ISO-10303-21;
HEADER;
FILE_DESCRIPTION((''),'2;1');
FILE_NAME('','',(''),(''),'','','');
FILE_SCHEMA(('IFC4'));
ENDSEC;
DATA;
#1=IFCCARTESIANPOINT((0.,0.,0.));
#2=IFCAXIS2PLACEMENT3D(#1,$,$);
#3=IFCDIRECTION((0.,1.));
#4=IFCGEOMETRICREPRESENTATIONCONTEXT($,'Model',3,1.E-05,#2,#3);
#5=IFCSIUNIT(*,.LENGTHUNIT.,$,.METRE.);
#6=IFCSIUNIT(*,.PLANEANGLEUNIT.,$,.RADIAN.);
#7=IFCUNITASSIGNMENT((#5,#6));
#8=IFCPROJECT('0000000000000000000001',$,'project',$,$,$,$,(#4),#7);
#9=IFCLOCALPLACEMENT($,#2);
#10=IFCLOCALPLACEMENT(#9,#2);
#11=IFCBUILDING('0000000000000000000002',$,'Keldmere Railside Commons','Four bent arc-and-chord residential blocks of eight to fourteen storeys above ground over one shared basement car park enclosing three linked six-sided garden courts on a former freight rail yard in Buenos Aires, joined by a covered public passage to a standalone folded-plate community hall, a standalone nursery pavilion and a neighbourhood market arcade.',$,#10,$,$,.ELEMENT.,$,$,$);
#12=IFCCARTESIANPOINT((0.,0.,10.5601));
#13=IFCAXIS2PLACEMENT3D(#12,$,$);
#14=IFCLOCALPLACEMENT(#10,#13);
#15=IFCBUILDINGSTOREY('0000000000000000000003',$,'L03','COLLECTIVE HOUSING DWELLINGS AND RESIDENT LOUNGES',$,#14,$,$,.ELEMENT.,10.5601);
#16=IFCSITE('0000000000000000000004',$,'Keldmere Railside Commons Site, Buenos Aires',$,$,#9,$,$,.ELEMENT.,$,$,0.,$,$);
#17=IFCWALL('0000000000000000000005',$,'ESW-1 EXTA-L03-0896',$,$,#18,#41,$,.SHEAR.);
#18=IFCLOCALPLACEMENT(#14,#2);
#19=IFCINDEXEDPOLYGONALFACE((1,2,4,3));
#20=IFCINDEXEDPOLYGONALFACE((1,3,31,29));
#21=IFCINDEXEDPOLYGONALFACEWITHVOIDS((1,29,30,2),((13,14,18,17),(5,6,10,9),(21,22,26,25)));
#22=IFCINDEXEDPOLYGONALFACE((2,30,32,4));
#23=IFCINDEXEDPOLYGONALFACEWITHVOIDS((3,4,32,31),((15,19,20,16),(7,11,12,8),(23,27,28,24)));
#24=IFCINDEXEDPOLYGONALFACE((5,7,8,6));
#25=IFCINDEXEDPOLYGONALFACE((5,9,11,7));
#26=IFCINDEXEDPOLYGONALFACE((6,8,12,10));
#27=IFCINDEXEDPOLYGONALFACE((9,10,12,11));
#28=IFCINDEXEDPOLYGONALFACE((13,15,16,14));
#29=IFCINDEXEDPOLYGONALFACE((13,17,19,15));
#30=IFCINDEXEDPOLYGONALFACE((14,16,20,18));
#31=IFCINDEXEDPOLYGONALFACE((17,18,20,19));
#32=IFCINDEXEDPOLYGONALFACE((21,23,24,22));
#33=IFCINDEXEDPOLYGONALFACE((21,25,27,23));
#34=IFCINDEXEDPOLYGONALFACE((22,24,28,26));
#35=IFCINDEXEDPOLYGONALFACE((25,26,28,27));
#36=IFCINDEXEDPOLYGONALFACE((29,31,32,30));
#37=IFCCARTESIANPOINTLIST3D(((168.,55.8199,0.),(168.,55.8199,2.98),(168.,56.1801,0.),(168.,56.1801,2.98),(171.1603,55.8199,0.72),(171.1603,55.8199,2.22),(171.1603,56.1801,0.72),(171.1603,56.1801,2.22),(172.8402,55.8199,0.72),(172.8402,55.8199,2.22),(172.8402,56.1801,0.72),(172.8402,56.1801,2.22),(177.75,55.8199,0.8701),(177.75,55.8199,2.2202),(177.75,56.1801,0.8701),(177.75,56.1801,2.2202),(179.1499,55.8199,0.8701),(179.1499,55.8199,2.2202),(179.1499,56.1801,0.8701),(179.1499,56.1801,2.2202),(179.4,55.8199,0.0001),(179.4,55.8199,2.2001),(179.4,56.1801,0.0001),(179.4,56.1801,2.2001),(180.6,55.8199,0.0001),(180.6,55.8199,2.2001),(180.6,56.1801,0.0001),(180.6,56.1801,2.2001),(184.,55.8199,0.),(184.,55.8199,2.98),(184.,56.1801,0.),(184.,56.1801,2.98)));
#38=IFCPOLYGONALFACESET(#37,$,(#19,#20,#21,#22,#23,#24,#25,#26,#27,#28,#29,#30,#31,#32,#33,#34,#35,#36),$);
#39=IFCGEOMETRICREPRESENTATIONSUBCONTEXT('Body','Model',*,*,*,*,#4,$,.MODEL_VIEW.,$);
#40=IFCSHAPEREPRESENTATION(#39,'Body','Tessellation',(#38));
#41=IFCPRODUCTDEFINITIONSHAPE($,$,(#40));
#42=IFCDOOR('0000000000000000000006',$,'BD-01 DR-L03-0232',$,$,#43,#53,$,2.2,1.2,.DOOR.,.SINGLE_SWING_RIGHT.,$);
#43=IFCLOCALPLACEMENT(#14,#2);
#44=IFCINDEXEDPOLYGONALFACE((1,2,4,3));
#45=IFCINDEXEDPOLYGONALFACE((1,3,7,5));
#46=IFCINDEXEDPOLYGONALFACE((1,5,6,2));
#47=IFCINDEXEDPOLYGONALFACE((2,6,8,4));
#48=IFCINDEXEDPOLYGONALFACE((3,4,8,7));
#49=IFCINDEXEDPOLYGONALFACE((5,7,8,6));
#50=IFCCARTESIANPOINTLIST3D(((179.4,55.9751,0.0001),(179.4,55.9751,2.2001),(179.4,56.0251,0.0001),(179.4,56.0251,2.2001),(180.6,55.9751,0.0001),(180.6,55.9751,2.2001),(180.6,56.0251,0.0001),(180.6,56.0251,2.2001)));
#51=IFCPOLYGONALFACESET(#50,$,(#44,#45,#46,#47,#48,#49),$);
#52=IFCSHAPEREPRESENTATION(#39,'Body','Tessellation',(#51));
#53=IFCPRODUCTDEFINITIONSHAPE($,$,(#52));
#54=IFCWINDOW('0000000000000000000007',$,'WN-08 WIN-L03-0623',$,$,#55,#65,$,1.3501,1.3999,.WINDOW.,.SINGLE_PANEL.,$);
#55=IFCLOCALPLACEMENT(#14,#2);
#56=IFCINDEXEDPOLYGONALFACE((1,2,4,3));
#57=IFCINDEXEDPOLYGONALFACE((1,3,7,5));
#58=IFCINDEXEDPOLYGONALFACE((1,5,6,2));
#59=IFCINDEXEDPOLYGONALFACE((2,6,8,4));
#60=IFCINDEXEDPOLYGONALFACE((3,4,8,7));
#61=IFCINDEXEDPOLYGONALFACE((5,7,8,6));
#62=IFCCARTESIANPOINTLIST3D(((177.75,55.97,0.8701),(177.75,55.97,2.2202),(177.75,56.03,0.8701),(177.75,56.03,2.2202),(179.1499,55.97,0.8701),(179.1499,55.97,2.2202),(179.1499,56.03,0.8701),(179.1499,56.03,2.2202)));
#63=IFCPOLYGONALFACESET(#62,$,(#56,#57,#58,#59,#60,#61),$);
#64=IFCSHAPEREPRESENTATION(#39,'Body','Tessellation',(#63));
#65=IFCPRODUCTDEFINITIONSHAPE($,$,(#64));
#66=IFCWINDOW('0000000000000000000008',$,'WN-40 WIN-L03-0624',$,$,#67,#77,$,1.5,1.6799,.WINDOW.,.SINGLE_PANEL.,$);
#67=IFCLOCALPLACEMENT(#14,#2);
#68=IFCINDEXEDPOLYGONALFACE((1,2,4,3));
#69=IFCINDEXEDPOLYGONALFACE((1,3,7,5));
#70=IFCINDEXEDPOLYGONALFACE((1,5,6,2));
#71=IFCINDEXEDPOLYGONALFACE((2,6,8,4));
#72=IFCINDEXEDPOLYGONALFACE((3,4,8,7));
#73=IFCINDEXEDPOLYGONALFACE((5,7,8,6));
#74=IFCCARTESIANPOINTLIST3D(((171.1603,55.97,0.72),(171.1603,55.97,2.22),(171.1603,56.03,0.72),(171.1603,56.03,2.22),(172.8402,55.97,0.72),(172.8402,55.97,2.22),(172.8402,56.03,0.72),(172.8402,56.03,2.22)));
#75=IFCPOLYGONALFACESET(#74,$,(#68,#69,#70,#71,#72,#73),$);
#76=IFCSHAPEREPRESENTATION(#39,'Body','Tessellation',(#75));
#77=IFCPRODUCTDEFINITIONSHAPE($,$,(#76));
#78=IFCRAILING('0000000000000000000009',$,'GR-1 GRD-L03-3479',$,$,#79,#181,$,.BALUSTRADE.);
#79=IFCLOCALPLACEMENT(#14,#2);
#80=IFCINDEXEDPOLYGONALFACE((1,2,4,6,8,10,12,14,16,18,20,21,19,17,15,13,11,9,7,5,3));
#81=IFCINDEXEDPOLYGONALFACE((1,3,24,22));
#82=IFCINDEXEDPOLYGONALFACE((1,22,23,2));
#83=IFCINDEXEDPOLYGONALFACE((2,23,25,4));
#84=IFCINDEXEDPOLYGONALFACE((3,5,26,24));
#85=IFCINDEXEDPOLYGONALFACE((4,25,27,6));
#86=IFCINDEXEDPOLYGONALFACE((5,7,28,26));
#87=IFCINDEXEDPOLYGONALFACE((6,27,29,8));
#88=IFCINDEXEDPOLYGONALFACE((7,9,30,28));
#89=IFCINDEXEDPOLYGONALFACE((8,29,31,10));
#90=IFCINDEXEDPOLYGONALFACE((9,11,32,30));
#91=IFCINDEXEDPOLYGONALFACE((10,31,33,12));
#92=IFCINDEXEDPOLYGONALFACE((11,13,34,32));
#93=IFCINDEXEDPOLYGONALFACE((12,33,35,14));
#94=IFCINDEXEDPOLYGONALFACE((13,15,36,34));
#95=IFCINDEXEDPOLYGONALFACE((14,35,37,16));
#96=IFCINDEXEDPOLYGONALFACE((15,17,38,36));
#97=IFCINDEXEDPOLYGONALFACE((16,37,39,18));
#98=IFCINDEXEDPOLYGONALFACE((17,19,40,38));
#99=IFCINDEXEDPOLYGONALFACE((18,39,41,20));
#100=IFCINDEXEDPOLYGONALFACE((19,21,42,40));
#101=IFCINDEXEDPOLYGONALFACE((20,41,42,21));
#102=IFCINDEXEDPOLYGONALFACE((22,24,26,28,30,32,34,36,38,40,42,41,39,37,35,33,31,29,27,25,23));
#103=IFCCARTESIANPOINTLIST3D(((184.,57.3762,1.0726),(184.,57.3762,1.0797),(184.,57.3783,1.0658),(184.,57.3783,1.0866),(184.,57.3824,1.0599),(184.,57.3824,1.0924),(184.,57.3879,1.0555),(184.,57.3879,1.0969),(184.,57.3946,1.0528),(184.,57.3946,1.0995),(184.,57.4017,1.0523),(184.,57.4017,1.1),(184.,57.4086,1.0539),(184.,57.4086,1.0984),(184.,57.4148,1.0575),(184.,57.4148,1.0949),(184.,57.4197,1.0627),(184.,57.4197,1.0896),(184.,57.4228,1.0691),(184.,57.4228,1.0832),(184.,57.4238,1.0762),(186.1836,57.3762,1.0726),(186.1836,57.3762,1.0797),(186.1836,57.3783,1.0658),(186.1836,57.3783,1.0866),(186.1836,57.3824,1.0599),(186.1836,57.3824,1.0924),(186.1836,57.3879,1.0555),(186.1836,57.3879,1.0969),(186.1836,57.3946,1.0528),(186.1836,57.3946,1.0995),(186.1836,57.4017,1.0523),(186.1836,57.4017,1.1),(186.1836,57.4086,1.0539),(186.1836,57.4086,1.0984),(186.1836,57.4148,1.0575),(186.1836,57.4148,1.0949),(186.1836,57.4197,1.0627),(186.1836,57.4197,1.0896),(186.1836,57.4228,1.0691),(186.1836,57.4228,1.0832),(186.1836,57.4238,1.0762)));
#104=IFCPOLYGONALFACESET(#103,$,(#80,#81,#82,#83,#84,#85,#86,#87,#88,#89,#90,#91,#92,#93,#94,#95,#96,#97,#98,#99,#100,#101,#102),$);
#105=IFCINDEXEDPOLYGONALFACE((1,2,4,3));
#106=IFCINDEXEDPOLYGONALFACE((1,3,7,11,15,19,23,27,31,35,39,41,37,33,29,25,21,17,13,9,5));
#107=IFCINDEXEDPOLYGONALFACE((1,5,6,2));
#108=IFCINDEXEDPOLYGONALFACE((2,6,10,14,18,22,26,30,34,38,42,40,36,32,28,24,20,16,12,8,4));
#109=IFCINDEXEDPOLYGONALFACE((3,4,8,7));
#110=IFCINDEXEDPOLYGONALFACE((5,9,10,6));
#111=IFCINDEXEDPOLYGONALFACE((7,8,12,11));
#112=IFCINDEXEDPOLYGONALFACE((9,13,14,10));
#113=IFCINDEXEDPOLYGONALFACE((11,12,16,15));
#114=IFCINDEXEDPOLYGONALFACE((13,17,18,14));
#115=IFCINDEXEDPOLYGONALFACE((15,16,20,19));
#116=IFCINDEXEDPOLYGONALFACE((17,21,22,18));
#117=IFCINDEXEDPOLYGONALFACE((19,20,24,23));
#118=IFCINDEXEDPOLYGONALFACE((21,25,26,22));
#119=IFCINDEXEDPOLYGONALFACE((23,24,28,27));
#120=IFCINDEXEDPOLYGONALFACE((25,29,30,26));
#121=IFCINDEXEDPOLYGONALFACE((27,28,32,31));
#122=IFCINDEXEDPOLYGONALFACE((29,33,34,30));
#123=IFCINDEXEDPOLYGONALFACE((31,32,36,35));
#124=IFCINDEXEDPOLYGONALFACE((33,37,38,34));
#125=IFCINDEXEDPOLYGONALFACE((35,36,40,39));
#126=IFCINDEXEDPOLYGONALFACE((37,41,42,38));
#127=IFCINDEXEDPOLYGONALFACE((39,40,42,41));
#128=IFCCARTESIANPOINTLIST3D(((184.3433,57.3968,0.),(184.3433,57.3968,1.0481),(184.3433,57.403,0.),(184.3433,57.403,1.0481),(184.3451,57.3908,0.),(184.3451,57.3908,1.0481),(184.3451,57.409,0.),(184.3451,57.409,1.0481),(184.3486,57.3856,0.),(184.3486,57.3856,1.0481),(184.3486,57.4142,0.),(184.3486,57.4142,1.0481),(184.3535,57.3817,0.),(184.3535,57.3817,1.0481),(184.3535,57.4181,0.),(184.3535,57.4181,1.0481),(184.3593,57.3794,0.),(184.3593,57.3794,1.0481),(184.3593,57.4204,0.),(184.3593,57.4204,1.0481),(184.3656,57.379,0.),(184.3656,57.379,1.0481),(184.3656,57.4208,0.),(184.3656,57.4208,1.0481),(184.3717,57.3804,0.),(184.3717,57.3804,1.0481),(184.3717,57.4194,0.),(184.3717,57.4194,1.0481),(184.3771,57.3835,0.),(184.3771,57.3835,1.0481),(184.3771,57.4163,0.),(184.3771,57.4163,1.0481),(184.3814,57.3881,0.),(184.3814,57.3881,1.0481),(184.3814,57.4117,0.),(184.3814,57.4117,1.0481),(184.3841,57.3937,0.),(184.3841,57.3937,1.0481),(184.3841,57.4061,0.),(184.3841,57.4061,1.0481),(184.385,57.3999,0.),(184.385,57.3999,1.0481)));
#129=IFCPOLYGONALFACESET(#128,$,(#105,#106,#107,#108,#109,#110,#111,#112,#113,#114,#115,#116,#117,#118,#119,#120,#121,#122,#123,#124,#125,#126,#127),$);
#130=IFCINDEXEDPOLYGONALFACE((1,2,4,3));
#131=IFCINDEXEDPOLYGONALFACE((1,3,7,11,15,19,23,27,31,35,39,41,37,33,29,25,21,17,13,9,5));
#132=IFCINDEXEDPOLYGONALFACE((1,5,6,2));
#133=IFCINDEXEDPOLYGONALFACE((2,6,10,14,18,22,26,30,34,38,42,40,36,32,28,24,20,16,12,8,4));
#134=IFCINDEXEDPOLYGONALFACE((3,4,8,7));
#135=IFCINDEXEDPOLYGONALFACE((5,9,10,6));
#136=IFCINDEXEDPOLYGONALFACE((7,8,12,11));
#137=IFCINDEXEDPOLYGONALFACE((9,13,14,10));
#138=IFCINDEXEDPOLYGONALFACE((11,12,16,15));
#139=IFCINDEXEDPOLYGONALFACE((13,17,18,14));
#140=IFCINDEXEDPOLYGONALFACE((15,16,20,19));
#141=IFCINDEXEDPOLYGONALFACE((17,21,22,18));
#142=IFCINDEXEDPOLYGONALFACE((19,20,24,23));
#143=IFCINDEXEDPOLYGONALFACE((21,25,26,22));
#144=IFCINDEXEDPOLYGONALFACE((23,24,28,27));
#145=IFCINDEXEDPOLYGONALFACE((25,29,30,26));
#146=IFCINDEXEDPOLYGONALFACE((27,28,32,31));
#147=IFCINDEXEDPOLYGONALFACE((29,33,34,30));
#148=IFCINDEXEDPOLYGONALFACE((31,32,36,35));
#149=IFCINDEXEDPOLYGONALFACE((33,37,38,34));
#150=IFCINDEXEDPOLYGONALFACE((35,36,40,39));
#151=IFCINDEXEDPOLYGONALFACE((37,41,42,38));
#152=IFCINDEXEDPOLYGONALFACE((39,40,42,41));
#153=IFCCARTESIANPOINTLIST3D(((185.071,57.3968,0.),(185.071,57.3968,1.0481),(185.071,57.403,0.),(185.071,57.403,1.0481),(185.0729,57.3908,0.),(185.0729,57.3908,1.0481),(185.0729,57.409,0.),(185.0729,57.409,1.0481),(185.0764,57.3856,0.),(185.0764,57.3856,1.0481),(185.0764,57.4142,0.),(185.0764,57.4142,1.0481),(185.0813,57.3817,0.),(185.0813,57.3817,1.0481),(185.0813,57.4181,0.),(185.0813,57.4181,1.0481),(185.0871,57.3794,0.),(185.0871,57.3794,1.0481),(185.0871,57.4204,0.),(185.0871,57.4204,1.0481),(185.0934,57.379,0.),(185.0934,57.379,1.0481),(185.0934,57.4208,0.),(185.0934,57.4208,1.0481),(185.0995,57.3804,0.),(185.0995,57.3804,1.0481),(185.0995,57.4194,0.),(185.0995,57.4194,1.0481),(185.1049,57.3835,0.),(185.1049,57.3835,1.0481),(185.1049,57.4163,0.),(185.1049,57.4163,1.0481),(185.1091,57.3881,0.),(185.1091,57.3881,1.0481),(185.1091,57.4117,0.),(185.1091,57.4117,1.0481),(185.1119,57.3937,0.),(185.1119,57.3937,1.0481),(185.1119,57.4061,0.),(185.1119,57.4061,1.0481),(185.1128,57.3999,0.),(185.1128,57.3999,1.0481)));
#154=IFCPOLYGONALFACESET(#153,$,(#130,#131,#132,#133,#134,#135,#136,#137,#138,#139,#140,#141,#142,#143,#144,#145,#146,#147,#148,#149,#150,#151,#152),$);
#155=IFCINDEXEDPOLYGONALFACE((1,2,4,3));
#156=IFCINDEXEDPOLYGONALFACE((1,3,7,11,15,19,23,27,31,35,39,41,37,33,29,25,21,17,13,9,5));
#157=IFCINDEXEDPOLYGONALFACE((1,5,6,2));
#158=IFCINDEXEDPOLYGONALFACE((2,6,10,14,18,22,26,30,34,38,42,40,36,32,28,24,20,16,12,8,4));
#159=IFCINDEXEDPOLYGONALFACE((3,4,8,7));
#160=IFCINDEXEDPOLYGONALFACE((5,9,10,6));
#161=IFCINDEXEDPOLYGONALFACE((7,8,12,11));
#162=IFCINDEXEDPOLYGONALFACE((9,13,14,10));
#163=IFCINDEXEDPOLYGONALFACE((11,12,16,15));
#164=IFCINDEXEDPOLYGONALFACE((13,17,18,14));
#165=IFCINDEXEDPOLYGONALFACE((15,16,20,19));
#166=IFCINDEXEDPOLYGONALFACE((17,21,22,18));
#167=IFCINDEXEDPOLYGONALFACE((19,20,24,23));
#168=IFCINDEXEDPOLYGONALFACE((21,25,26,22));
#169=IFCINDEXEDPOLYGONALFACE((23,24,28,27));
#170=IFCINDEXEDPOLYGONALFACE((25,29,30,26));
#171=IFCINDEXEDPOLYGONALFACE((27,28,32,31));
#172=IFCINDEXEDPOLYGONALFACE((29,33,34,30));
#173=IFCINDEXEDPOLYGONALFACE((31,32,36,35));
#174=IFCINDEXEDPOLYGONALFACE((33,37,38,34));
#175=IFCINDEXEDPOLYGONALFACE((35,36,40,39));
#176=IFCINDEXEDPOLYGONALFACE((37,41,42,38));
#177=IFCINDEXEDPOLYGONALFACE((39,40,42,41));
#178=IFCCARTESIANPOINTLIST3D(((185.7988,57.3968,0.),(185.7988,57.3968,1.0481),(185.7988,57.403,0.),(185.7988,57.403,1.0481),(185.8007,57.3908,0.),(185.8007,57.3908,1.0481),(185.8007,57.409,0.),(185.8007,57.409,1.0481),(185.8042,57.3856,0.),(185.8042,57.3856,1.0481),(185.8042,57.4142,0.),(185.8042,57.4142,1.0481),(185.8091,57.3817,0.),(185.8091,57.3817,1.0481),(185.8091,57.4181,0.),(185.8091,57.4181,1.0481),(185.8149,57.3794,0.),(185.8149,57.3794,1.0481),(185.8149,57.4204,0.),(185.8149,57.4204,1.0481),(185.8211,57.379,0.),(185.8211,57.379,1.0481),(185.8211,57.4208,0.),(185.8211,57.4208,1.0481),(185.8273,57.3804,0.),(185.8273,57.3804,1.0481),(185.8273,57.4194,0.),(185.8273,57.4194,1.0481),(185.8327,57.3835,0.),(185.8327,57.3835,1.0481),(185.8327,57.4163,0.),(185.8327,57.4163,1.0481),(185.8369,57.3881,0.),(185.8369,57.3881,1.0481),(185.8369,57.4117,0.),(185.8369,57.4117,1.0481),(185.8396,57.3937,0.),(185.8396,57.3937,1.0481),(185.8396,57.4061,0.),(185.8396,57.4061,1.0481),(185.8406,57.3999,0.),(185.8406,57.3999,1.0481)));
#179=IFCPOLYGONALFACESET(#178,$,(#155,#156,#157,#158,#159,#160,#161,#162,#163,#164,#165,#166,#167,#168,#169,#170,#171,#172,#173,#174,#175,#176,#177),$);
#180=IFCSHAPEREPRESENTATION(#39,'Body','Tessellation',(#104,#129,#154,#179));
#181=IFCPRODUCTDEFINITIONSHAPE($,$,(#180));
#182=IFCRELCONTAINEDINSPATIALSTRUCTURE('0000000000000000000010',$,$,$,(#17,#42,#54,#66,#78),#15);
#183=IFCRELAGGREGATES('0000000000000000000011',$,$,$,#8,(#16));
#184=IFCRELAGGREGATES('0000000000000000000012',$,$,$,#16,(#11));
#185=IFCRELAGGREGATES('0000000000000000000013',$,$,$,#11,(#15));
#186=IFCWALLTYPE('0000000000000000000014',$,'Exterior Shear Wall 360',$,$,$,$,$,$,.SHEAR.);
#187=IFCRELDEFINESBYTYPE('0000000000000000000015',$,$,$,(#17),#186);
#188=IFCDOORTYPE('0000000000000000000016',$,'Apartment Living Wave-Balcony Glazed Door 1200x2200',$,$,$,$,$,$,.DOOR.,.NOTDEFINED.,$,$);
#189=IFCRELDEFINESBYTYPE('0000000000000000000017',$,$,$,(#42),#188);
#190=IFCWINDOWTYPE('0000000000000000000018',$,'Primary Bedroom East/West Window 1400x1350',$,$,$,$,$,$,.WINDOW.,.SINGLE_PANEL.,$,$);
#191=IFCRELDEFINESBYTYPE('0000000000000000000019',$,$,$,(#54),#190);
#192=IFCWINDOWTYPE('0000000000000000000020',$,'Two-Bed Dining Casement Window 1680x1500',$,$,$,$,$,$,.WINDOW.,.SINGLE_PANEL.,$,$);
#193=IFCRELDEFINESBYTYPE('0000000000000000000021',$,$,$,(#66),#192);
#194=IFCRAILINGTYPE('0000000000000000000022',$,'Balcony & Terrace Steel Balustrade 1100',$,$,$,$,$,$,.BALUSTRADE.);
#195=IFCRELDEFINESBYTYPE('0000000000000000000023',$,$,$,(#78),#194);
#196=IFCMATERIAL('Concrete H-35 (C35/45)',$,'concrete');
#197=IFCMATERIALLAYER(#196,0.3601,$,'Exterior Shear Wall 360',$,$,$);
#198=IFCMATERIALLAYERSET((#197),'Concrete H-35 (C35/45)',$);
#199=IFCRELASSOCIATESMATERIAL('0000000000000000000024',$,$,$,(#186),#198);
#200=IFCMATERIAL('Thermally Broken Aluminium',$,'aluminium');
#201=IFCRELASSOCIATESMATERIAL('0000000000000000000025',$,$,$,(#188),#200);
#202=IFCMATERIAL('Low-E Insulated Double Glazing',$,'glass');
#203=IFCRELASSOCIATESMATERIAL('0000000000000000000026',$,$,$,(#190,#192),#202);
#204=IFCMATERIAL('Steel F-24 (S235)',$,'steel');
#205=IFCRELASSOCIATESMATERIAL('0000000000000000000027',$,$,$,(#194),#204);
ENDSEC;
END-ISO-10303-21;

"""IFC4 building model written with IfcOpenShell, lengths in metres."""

from ifc_helpers import new_model, si_unit, direction, frame, frame_2d, origin, origin_2d, place, context, subcontext, project, spatial, rectangle, circle, extrude, material, layer, layer_set, type_object, element, fill, save


model = new_model("IFC4")

# Units and contexts
model_context = context("Model", 3, precision=1e-05, world=origin(), true_north=direction((0.0, 1.0)))
body_context = subcontext(model_context, "Body", "Model", "MODEL_VIEW")
ifc_project = project(units=[si_unit("LENGTHUNIT", "METRE"), si_unit("PLANEANGLEUNIT", "RADIAN")], contexts=[model_context])

# Site, building, storey
site_placement = place(None, origin())
site = spatial("IfcSite", under=ifc_project, at=site_placement, Name="Keldmere Railside Commons Site, Buenos Aires", CompositionType="ELEMENT", RefElevation=0.0)
building_placement = place(site_placement, origin())
building = spatial("IfcBuilding", under=site, at=building_placement, Name="Keldmere Railside Commons", Description="Four bent arc-and-chord residential blocks of eight to fourteen storeys above ground over one shared basement car park enclosing three linked six-sided garden courts on a former freight rail yard in Buenos Aires, joined by a covered public passage to a standalone folded-plate community hall, a standalone nursery pavilion and a neighbourhood market arcade.", CompositionType="ELEMENT")
storey_placement = place(building_placement, frame((0.0, 0.0, 10.5601)))
storey = spatial("IfcBuildingStorey", under=building, at=storey_placement, Name="L03", Description="COLLECTIVE HOUSING DWELLINGS AND RESIDENT LOUNGES", CompositionType="ELEMENT", Elevation=10.5601)

# Shared definitions
ifc_material_1 = material(Name="Concrete H-35 (C35/45)", Category="concrete")

# Shared definitions
ifc_material_2 = material(Name="Steel F-24 (S235)", Category="steel")

# Wall, openings, door, windows
ifc_layer_1 = layer(ifc_material_1, 0.3601, Name="Exterior Shear Wall 360")
ifc_layer_set_1 = layer_set([ifc_layer_1], Name="Concrete H-35 (C35/45)")
wall_type_1 = type_object("IfcWallType", Name="Exterior Shear Wall 360", PredefinedType="SHEAR", material=ifc_layer_set_1)
wall_1_placement = place(storey_placement, frame((184.0, 56.0, 0.0), z_axis=(0.0, 0.0, 1.0), x_axis=(-1.0, 0.0, 0.0)))
wall_1 = element("IfcWall", 1, at=wall_1_placement, inside=storey, type_object=wall_type_1, Name="ESW-1 EXTA-L03-0896", PredefinedType="SHEAR", context=body_context, shape_type="SweptSolid", body=[
    extrude(rectangle(XDim=16.0, YDim=0.3601, at=frame_2d((8.0, 0.0))), origin(), (0.0, 0.0, 1.0), 2.98),
])
opening_1_placement = place(wall_1_placement, frame((3.3999, 0.0, 0.0)))
opening_1 = element("IfcOpeningElement", 2, at=opening_1_placement, cuts=wall_1, PredefinedType="OPENING", context=body_context, shape_type="SweptSolid", body=[
    extrude(rectangle(XDim=1.2, YDim=2.2, at=frame_2d((0.6001, 1.1001))), frame((0.0, 0.1899, 0.0), z_axis=(0.0, -1.0, 0.0), x_axis=(1.0, 0.0, 0.0)), (0.0, 0.0, 1.0), 0.3801),
])
opening_2_placement = place(wall_1_placement, frame((4.8501, 0.0, 0.8701)))
opening_2 = element("IfcOpeningElement", 3, at=opening_2_placement, cuts=wall_1, PredefinedType="OPENING", context=body_context, shape_type="SweptSolid", body=[
    extrude(rectangle(XDim=1.3999, YDim=1.3501, at=frame_2d((0.7, 0.675))), frame((0.0, 0.1899, 0.0), z_axis=(0.0, -1.0, 0.0), x_axis=(1.0, 0.0, 0.0)), (0.0, 0.0, 1.0), 0.3801),
])
opening_3_placement = place(wall_1_placement, frame((11.1599, 0.0, 0.72)))
opening_3 = element("IfcOpeningElement", 4, at=opening_3_placement, cuts=wall_1, PredefinedType="OPENING", context=body_context, shape_type="SweptSolid", body=[
    extrude(rectangle(XDim=1.6799, YDim=1.5, at=frame_2d((0.8398, 0.75))), frame((0.0, 0.1899, 0.0), z_axis=(0.0, -1.0, 0.0), x_axis=(1.0, 0.0, 0.0)), (0.0, 0.0, 1.0), 0.3801),
])
ifc_material_3 = material(Name="Thermally Broken Aluminium", Category="aluminium")
door_type_1 = type_object("IfcDoorType", Name="Apartment Living Wave-Balcony Glazed Door 1200x2200", OperationType="NOTDEFINED", PredefinedType="DOOR", material=ifc_material_3)
door_1_placement = place(opening_1_placement, origin())
door_1 = element("IfcDoor", 5, at=door_1_placement, inside=storey, type_object=door_type_1, Name="BD-01 DR-L03-0232", OperationType="SINGLE_SWING_RIGHT", OverallHeight=2.2, OverallWidth=1.2, PredefinedType="DOOR", context=body_context, shape_type="SweptSolid", body=[
    extrude(rectangle(XDim=1.2, YDim=2.2, at=frame_2d((0.6001, 1.1001))), frame((0.0, 0.0249, 0.0), z_axis=(0.0, -1.0, 0.0), x_axis=(1.0, 0.0, 0.0)), (0.0, 0.0, 1.0), 0.05),
])
fill(opening_1, door_1)
ifc_material_4 = material(Name="Low-E Insulated Double Glazing", Category="glass")
window_type_1 = type_object("IfcWindowType", Name="Primary Bedroom East/West Window 1400x1350", PartitioningType="SINGLE_PANEL", PredefinedType="WINDOW", material=ifc_material_4)
window_1_placement = place(opening_2_placement, origin())
window_1 = element("IfcWindow", 6, at=window_1_placement, inside=storey, type_object=window_type_1, Name="WN-08 WIN-L03-0623", OverallHeight=1.3501, OverallWidth=1.3999, PartitioningType="SINGLE_PANEL", PredefinedType="WINDOW", context=body_context, shape_type="SweptSolid", body=[
    extrude(rectangle(XDim=1.3999, YDim=1.3501, at=frame_2d((0.7, 0.675))), frame((0.0, 0.03, 0.0), z_axis=(0.0, -1.0, 0.0), x_axis=(1.0, 0.0, 0.0)), (0.0, 0.0, 1.0), 0.0601),
])
fill(opening_2, window_1)
window_type_2 = type_object("IfcWindowType", Name="Two-Bed Dining Casement Window 1680x1500", PartitioningType="SINGLE_PANEL", PredefinedType="WINDOW", material=ifc_material_4)
window_2_placement = place(opening_3_placement, origin())
window_2 = element("IfcWindow", 7, at=window_2_placement, inside=storey, type_object=window_type_2, Name="WN-40 WIN-L03-0624", OverallHeight=1.5, OverallWidth=1.6799, PartitioningType="SINGLE_PANEL", PredefinedType="WINDOW", context=body_context, shape_type="SweptSolid", body=[
    extrude(rectangle(XDim=1.6799, YDim=1.5, at=frame_2d((0.8398, 0.75))), frame((0.0, 0.03, 0.0), z_axis=(0.0, -1.0, 0.0), x_axis=(1.0, 0.0, 0.0)), (0.0, 0.0, 1.0), 0.0601),
])
fill(opening_3, window_2)

# Railing
railing_type = type_object("IfcRailingType", Name="Balcony & Terrace Steel Balustrade 1100", PredefinedType="BALUSTRADE", material=ifc_material_2)
railing_1_placement = place(storey_placement, frame((184.0, 57.3999, 0.0)))
element("IfcRailing", 8, at=railing_1_placement, inside=storey, type_object=railing_type, Name="GR-1 GRD-L03-3479", PredefinedType="BALUSTRADE", context=body_context, shape_type="SweptSolid", body=[
    extrude(circle(Radius=0.0239, at=origin_2d()), frame((0.0, 0.0, 1.0762), z_axis=(1.0, 0.0, 0.0), x_axis=(0.0, 1.0, 0.0)), (0.0, 0.0, 1.0), 2.1836),
    extrude(circle(Radius=0.021, at=origin_2d()), frame((0.364, 0.0, 0.0)), (0.0, 0.0, 1.0), 1.0481),
    extrude(circle(Radius=0.021, at=origin_2d()), frame((1.0918, 0.0, 0.0)), (0.0, 0.0, 1.0), 1.0481),
    extrude(circle(Radius=0.021, at=origin_2d()), frame((1.8196, 0.0, 0.0)), (0.0, 0.0, 1.0), 1.0481),
])

save(model, "model.ifc")
